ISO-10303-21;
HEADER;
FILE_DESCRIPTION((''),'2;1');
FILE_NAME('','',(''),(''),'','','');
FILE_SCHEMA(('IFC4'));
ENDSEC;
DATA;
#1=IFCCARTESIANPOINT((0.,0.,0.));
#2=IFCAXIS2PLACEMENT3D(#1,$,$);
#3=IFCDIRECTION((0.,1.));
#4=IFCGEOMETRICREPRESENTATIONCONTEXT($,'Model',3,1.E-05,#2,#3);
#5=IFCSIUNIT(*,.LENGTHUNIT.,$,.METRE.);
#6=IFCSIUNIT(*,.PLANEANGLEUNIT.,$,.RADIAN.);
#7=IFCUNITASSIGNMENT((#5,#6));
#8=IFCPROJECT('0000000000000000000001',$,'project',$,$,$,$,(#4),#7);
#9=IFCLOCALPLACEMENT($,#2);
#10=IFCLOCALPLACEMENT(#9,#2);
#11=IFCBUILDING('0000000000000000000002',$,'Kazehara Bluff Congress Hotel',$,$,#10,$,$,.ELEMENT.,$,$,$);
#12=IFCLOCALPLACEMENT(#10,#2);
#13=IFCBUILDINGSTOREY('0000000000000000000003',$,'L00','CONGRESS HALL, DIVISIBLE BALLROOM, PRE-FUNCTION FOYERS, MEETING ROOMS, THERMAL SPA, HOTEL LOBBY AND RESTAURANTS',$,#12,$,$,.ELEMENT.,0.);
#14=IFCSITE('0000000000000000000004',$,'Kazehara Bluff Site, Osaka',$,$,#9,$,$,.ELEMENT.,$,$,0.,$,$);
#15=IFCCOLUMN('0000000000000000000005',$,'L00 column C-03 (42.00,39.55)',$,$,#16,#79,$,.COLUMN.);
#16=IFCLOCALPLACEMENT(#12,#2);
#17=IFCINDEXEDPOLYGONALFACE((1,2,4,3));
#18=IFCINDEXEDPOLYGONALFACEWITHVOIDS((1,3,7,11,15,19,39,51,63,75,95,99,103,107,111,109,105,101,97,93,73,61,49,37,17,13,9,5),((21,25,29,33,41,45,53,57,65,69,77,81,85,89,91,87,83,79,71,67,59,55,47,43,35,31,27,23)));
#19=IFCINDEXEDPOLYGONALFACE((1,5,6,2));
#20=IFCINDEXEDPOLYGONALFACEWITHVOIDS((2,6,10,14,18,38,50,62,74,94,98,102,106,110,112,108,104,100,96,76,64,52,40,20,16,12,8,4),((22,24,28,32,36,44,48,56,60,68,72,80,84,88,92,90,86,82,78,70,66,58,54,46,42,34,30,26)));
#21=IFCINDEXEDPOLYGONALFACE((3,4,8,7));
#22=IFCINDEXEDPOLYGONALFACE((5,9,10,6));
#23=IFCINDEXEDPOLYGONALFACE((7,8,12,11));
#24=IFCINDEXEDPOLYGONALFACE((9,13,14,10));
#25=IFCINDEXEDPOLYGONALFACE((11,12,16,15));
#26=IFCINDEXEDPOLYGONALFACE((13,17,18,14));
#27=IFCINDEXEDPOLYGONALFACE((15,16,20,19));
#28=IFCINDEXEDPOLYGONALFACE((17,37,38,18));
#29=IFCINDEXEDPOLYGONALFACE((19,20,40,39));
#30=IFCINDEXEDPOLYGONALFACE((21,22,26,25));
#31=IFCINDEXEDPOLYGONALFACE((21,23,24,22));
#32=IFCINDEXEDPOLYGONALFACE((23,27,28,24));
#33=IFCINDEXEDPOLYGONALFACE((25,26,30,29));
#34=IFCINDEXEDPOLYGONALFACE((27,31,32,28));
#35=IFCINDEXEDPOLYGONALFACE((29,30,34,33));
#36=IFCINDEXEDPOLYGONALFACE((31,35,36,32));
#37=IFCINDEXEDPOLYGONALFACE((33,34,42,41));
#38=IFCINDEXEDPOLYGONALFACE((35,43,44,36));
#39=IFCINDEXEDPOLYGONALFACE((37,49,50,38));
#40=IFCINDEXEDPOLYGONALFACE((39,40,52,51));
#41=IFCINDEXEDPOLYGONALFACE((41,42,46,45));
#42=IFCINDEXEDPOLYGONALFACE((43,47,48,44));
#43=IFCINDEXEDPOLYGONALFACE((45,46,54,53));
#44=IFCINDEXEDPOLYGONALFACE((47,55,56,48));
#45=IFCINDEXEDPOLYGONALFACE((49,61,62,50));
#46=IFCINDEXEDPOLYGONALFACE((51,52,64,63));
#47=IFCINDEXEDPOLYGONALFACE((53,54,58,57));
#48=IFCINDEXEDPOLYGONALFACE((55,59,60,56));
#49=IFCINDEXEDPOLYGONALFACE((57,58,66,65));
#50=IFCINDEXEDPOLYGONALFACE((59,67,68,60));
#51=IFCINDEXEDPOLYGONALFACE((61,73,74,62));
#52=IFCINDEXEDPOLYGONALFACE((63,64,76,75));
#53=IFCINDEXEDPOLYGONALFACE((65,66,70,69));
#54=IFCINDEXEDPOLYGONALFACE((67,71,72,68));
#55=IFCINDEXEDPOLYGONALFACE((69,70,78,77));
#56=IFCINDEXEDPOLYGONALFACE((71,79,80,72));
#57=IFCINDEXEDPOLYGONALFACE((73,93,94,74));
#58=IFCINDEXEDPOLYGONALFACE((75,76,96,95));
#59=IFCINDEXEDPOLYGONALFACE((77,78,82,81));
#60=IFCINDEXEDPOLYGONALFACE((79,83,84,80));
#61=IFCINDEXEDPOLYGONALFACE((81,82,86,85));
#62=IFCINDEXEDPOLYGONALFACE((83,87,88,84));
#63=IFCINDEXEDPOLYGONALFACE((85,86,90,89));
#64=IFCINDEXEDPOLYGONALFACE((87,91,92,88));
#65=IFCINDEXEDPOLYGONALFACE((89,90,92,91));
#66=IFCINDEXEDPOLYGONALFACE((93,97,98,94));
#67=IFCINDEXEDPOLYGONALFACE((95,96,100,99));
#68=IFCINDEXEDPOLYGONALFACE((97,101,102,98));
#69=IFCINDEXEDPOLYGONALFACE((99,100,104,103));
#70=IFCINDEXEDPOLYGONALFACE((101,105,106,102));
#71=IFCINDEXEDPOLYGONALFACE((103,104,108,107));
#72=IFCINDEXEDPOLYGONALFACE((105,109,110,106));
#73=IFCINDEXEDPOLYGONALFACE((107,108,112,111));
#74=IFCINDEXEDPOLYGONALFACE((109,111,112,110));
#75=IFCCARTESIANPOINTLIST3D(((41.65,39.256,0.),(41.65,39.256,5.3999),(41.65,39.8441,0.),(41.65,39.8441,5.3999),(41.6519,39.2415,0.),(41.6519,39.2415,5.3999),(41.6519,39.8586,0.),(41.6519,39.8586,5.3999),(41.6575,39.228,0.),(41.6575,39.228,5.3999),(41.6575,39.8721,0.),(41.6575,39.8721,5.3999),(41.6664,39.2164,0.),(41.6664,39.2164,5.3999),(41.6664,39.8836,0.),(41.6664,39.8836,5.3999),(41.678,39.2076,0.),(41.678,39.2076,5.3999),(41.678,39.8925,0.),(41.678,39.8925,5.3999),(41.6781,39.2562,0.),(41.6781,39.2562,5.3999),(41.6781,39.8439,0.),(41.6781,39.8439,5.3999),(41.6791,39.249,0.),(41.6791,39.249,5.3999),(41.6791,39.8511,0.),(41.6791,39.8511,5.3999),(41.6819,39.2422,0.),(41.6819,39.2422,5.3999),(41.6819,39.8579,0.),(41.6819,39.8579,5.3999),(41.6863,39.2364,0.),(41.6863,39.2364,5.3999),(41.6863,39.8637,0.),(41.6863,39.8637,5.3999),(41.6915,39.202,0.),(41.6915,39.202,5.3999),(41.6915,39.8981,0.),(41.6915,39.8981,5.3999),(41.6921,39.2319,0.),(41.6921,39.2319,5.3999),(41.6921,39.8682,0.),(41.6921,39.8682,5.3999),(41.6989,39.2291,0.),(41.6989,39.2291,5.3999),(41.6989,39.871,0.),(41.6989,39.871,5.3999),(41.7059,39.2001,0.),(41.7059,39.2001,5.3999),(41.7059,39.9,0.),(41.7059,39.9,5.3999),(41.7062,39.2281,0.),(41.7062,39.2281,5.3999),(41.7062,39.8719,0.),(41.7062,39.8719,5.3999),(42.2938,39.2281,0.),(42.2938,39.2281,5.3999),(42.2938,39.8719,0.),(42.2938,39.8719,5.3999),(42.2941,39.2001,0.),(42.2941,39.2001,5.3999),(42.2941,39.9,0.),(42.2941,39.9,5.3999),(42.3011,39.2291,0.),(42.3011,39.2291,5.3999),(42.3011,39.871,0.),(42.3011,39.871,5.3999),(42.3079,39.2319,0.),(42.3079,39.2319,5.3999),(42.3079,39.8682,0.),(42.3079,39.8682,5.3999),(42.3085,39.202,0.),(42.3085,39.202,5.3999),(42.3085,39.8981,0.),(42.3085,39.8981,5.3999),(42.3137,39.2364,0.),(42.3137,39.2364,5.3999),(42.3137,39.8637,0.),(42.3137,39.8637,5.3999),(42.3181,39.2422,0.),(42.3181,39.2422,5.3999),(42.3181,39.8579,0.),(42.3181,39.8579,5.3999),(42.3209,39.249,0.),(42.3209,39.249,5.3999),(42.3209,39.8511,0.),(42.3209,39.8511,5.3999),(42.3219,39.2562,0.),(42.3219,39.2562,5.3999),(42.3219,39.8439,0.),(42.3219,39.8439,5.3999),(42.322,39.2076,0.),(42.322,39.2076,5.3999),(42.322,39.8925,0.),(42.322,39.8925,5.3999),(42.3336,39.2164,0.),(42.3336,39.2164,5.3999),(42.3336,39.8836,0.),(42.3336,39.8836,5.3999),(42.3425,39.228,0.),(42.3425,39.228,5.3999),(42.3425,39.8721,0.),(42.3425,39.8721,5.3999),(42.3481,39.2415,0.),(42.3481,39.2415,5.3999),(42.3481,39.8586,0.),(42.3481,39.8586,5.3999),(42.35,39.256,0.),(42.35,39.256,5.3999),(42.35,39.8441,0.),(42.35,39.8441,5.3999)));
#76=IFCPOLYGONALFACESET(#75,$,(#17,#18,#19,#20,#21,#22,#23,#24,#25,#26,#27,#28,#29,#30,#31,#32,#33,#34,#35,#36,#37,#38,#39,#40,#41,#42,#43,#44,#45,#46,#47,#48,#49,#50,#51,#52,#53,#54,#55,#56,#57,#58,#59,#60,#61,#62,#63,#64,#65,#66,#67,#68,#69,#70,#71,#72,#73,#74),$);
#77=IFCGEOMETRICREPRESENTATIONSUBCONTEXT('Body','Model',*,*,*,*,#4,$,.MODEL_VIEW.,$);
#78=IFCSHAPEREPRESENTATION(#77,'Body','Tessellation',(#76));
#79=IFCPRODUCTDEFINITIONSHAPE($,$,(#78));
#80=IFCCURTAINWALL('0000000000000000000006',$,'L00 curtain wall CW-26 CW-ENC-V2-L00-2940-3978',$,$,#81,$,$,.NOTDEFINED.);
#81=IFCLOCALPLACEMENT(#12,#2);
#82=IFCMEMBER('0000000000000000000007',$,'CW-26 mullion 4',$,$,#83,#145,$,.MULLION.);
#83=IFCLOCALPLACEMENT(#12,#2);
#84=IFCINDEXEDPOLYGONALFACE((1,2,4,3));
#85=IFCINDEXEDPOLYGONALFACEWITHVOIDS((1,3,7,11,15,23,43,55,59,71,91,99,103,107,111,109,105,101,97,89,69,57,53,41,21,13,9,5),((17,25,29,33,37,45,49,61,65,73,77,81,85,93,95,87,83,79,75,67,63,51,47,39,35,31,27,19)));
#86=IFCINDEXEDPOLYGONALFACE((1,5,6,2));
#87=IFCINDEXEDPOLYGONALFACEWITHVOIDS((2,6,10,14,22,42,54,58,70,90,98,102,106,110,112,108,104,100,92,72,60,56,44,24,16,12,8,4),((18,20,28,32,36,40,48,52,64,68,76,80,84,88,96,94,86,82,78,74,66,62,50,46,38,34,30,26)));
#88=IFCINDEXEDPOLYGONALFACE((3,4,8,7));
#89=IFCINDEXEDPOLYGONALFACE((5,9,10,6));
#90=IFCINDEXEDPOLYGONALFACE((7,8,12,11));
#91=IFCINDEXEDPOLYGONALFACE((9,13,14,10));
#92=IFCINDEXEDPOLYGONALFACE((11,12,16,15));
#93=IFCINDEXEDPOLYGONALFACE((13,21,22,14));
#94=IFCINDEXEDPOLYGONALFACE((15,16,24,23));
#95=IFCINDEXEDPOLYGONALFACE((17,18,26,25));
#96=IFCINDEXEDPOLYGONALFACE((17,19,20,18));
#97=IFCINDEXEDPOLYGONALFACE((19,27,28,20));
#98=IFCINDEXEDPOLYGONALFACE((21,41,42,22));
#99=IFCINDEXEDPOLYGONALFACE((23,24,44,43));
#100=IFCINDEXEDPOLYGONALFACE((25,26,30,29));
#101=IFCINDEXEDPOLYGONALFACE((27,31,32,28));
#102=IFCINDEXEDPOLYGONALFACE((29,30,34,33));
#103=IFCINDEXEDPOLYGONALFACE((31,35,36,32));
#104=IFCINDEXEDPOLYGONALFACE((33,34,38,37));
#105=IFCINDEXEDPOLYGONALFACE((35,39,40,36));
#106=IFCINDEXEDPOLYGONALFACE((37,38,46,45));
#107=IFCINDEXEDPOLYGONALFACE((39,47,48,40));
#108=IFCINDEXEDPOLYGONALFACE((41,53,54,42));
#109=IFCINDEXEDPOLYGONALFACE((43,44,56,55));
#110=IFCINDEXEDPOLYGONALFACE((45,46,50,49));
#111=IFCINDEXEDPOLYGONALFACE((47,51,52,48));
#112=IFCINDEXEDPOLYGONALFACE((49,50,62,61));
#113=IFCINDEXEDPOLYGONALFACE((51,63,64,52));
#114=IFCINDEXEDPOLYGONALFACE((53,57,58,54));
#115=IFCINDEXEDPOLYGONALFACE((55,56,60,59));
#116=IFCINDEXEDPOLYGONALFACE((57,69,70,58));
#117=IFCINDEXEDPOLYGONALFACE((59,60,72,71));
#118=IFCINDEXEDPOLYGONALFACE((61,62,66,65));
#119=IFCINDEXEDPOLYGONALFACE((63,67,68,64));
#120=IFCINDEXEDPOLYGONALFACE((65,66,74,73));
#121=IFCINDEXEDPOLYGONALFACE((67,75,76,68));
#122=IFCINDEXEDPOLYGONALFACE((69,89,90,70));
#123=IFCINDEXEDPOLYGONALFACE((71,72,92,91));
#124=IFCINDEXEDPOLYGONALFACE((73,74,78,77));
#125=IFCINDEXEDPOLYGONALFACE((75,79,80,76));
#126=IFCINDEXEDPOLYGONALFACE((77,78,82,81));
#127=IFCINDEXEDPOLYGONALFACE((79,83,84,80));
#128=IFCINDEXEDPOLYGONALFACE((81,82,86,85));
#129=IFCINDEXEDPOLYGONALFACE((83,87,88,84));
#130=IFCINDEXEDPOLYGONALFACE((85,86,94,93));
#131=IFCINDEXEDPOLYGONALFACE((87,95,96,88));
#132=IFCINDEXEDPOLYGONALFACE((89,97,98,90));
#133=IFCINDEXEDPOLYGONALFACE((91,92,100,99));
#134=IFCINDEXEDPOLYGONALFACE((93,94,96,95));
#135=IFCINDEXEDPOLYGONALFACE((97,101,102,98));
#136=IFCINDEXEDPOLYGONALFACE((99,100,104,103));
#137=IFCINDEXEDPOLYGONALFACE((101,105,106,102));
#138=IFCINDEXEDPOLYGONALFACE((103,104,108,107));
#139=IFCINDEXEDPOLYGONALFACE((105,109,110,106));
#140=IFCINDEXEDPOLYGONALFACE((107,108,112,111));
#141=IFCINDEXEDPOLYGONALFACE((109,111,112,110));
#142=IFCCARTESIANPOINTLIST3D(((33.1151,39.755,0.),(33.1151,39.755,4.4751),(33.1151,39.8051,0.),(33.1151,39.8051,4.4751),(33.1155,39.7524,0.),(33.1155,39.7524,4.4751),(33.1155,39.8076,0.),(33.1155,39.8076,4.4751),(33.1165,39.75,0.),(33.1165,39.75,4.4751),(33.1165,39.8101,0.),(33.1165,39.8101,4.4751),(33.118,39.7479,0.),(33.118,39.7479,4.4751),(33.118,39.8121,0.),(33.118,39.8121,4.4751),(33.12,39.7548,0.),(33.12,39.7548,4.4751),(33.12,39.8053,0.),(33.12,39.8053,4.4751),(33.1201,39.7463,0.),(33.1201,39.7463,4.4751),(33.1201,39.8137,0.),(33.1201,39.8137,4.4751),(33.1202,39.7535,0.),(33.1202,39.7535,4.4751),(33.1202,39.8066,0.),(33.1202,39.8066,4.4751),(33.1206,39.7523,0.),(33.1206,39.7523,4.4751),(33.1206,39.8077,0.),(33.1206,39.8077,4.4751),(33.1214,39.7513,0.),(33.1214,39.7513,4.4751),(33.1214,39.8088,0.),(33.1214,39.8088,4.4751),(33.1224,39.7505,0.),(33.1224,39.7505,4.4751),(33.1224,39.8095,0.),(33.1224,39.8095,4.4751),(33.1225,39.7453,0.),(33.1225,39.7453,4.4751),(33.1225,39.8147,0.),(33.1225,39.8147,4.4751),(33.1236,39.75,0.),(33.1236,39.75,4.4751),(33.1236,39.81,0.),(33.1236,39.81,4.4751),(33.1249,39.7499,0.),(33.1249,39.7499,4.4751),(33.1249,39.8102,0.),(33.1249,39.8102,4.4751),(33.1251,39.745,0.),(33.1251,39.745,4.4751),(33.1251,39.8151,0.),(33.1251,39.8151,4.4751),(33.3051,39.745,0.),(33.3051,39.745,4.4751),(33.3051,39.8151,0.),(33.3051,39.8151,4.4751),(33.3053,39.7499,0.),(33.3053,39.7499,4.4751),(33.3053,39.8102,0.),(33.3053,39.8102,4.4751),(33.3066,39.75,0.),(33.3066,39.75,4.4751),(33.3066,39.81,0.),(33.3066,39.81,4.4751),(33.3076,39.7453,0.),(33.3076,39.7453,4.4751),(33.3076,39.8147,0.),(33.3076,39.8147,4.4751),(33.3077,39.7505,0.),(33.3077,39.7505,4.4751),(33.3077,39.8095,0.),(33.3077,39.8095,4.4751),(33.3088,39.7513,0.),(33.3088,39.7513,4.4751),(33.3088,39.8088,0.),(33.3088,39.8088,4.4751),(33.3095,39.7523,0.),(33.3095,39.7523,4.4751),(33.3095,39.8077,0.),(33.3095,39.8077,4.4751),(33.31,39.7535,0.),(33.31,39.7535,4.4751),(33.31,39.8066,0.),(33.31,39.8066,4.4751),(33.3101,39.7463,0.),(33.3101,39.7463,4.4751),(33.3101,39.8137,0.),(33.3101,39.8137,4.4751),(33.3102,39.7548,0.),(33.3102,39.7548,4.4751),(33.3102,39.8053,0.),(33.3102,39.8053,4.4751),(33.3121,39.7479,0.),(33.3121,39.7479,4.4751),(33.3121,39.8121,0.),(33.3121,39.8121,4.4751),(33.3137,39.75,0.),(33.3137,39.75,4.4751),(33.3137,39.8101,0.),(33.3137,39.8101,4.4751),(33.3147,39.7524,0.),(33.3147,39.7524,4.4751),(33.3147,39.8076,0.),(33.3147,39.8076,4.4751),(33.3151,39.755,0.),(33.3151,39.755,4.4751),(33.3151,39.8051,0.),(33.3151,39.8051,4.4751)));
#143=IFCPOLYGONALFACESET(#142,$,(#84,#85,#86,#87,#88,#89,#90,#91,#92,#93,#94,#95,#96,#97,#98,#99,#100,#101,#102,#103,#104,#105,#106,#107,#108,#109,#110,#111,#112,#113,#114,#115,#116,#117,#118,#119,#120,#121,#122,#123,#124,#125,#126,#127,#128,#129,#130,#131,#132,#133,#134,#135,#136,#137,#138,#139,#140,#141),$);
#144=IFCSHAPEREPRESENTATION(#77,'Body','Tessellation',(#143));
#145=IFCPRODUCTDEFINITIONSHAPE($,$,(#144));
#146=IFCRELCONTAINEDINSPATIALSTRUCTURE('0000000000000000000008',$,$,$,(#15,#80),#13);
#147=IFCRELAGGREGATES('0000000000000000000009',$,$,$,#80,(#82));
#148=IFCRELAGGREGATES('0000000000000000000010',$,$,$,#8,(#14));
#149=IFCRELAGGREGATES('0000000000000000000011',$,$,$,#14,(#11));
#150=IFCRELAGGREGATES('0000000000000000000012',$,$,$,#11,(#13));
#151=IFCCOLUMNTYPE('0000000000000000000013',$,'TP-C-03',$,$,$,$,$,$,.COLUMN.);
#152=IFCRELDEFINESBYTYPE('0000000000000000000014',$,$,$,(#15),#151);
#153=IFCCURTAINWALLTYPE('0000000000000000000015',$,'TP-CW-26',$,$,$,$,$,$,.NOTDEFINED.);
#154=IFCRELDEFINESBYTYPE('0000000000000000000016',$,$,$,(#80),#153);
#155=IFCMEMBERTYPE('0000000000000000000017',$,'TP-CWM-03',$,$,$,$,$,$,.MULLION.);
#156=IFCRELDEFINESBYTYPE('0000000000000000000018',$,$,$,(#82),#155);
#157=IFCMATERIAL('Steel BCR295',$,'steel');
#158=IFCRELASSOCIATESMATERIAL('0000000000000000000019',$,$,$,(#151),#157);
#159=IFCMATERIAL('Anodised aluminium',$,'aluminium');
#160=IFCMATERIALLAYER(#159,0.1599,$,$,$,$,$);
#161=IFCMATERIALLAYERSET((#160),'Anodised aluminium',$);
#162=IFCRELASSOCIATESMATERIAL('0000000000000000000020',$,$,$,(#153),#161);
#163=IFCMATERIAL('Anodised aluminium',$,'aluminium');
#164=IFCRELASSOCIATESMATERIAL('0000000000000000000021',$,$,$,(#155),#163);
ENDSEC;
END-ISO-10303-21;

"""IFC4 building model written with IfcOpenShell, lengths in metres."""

from ifc_helpers import new_model, si_unit, direction, frame, origin, origin_2d, place, context, subcontext, project, spatial, hollow_rectangle, extrude, material, layer, layer_set, material_profile, profile_set, type_object, element, aggregate, save


model = new_model("IFC4")

# Units and contexts
model_context = context("Model", 3, precision=1e-05, world=origin(), true_north=direction((0.0, 1.0)))
body_context = subcontext(model_context, "Body", "Model", "MODEL_VIEW")
ifc_project = project(units=[si_unit("LENGTHUNIT", "METRE"), si_unit("PLANEANGLEUNIT", "RADIAN")], contexts=[model_context])

# Site, building, storey
site_placement = place(None, origin())
site = spatial("IfcSite", under=ifc_project, at=site_placement, Name="Kazehara Bluff Site, Osaka", CompositionType="ELEMENT", RefElevation=0.0)
building_placement = place(site_placement, origin())
building = spatial("IfcBuilding", under=site, at=building_placement, Name="Kazehara Bluff Congress Hotel", CompositionType="ELEMENT")
storey_placement = place(building_placement, origin())
storey = spatial("IfcBuildingStorey", under=building, at=storey_placement, Name="L00", Description="CONGRESS HALL, DIVISIBLE BALLROOM, PRE-FUNCTION FOYERS, MEETING ROOMS, THERMAL SPA, HOTEL LOBBY AND RESTAURANTS", CompositionType="ELEMENT", Elevation=0.0)

# Column
ifc_material_1 = material(Name="Steel BCR295", Category="steel")
ifc_material_profile_1 = material_profile(ifc_material_1, hollow_rectangle(XDim=0.7, YDim=0.7, WallThickness=0.0281, InnerFilletRadius=0.0281, OuterFilletRadius=0.0559, at=origin_2d()))
ifc_profile_set_1 = profile_set([ifc_material_profile_1], Name="Steel BCR295")
column_type = type_object("IfcColumnType", Name="TP-C-03", PredefinedType="COLUMN", material=ifc_profile_set_1)
for number, where, z_axis, x_axis, name in (
    (1, (42.0, 39.55, 0.0), (0.0, 0.0, 1.0), (1.0, 0.0, 0.0), "L00 column C-03 (42.00,39.55)"),
):
    element("IfcColumn", number, at=place(storey_placement, frame(where, z_axis=z_axis, x_axis=x_axis)), inside=storey, type_object=column_type, Name=name, PredefinedType="COLUMN", context=body_context, shape_type="SweptSolid", body=[
        extrude(hollow_rectangle(XDim=0.7, YDim=0.7, WallThickness=0.0281, InnerFilletRadius=0.0281, OuterFilletRadius=0.0559, at=origin_2d()), origin(), (0.0, 0.0, 1.0), 5.3999),
    ])

# Curtain wall, member
ifc_material_2 = material(Name="Anodised aluminium", Category="aluminium")
ifc_layer_1 = layer(ifc_material_2, 0.1599)
ifc_layer_set_1 = layer_set([ifc_layer_1], Name="Anodised aluminium")
curtain_wall_type = type_object("IfcCurtainWallType", Name="TP-CW-26", PredefinedType="NOTDEFINED", material=ifc_layer_set_1)
curtain_wall_1_placement = place(storey_placement, origin())
curtain_wall_1 = element("IfcCurtainWall", 2, at=curtain_wall_1_placement, inside=storey, type_object=curtain_wall_type, Name="L00 curtain wall CW-26 CW-ENC-V2-L00-2940-3978", PredefinedType="NOTDEFINED")
ifc_material_3 = material(Name="Anodised aluminium", Category="aluminium")
ifc_material_profile_2 = material_profile(ifc_material_3, hollow_rectangle(XDim=0.0701, YDim=0.2, WallThickness=0.0049, InnerFilletRadius=0.0049, OuterFilletRadius=0.01, at=origin_2d()))
ifc_profile_set_2 = profile_set([ifc_material_profile_2], Name="Anodised aluminium")
member_type_1 = type_object("IfcMemberType", Name="TP-CWM-03", PredefinedType="MULLION", material=ifc_profile_set_2)
member_1_placement = place(storey_placement, frame((33.2151, 39.78, 0.0), z_axis=(0.0, 0.0, 1.0), x_axis=(0.0, 1.0, 0.0)))
member_1 = element("IfcMember", 3, at=member_1_placement, type_object=member_type_1, Name="CW-26 mullion 4", PredefinedType="MULLION", context=body_context, shape_type="SweptSolid", body=[
    extrude(hollow_rectangle(XDim=0.0701, YDim=0.2, WallThickness=0.0049, InnerFilletRadius=0.0049, OuterFilletRadius=0.01, at=origin_2d()), origin(), (0.0, 0.0, 1.0), 4.4751),
])
aggregate(curtain_wall_1, [member_1])

save(model, "model.ifc")
